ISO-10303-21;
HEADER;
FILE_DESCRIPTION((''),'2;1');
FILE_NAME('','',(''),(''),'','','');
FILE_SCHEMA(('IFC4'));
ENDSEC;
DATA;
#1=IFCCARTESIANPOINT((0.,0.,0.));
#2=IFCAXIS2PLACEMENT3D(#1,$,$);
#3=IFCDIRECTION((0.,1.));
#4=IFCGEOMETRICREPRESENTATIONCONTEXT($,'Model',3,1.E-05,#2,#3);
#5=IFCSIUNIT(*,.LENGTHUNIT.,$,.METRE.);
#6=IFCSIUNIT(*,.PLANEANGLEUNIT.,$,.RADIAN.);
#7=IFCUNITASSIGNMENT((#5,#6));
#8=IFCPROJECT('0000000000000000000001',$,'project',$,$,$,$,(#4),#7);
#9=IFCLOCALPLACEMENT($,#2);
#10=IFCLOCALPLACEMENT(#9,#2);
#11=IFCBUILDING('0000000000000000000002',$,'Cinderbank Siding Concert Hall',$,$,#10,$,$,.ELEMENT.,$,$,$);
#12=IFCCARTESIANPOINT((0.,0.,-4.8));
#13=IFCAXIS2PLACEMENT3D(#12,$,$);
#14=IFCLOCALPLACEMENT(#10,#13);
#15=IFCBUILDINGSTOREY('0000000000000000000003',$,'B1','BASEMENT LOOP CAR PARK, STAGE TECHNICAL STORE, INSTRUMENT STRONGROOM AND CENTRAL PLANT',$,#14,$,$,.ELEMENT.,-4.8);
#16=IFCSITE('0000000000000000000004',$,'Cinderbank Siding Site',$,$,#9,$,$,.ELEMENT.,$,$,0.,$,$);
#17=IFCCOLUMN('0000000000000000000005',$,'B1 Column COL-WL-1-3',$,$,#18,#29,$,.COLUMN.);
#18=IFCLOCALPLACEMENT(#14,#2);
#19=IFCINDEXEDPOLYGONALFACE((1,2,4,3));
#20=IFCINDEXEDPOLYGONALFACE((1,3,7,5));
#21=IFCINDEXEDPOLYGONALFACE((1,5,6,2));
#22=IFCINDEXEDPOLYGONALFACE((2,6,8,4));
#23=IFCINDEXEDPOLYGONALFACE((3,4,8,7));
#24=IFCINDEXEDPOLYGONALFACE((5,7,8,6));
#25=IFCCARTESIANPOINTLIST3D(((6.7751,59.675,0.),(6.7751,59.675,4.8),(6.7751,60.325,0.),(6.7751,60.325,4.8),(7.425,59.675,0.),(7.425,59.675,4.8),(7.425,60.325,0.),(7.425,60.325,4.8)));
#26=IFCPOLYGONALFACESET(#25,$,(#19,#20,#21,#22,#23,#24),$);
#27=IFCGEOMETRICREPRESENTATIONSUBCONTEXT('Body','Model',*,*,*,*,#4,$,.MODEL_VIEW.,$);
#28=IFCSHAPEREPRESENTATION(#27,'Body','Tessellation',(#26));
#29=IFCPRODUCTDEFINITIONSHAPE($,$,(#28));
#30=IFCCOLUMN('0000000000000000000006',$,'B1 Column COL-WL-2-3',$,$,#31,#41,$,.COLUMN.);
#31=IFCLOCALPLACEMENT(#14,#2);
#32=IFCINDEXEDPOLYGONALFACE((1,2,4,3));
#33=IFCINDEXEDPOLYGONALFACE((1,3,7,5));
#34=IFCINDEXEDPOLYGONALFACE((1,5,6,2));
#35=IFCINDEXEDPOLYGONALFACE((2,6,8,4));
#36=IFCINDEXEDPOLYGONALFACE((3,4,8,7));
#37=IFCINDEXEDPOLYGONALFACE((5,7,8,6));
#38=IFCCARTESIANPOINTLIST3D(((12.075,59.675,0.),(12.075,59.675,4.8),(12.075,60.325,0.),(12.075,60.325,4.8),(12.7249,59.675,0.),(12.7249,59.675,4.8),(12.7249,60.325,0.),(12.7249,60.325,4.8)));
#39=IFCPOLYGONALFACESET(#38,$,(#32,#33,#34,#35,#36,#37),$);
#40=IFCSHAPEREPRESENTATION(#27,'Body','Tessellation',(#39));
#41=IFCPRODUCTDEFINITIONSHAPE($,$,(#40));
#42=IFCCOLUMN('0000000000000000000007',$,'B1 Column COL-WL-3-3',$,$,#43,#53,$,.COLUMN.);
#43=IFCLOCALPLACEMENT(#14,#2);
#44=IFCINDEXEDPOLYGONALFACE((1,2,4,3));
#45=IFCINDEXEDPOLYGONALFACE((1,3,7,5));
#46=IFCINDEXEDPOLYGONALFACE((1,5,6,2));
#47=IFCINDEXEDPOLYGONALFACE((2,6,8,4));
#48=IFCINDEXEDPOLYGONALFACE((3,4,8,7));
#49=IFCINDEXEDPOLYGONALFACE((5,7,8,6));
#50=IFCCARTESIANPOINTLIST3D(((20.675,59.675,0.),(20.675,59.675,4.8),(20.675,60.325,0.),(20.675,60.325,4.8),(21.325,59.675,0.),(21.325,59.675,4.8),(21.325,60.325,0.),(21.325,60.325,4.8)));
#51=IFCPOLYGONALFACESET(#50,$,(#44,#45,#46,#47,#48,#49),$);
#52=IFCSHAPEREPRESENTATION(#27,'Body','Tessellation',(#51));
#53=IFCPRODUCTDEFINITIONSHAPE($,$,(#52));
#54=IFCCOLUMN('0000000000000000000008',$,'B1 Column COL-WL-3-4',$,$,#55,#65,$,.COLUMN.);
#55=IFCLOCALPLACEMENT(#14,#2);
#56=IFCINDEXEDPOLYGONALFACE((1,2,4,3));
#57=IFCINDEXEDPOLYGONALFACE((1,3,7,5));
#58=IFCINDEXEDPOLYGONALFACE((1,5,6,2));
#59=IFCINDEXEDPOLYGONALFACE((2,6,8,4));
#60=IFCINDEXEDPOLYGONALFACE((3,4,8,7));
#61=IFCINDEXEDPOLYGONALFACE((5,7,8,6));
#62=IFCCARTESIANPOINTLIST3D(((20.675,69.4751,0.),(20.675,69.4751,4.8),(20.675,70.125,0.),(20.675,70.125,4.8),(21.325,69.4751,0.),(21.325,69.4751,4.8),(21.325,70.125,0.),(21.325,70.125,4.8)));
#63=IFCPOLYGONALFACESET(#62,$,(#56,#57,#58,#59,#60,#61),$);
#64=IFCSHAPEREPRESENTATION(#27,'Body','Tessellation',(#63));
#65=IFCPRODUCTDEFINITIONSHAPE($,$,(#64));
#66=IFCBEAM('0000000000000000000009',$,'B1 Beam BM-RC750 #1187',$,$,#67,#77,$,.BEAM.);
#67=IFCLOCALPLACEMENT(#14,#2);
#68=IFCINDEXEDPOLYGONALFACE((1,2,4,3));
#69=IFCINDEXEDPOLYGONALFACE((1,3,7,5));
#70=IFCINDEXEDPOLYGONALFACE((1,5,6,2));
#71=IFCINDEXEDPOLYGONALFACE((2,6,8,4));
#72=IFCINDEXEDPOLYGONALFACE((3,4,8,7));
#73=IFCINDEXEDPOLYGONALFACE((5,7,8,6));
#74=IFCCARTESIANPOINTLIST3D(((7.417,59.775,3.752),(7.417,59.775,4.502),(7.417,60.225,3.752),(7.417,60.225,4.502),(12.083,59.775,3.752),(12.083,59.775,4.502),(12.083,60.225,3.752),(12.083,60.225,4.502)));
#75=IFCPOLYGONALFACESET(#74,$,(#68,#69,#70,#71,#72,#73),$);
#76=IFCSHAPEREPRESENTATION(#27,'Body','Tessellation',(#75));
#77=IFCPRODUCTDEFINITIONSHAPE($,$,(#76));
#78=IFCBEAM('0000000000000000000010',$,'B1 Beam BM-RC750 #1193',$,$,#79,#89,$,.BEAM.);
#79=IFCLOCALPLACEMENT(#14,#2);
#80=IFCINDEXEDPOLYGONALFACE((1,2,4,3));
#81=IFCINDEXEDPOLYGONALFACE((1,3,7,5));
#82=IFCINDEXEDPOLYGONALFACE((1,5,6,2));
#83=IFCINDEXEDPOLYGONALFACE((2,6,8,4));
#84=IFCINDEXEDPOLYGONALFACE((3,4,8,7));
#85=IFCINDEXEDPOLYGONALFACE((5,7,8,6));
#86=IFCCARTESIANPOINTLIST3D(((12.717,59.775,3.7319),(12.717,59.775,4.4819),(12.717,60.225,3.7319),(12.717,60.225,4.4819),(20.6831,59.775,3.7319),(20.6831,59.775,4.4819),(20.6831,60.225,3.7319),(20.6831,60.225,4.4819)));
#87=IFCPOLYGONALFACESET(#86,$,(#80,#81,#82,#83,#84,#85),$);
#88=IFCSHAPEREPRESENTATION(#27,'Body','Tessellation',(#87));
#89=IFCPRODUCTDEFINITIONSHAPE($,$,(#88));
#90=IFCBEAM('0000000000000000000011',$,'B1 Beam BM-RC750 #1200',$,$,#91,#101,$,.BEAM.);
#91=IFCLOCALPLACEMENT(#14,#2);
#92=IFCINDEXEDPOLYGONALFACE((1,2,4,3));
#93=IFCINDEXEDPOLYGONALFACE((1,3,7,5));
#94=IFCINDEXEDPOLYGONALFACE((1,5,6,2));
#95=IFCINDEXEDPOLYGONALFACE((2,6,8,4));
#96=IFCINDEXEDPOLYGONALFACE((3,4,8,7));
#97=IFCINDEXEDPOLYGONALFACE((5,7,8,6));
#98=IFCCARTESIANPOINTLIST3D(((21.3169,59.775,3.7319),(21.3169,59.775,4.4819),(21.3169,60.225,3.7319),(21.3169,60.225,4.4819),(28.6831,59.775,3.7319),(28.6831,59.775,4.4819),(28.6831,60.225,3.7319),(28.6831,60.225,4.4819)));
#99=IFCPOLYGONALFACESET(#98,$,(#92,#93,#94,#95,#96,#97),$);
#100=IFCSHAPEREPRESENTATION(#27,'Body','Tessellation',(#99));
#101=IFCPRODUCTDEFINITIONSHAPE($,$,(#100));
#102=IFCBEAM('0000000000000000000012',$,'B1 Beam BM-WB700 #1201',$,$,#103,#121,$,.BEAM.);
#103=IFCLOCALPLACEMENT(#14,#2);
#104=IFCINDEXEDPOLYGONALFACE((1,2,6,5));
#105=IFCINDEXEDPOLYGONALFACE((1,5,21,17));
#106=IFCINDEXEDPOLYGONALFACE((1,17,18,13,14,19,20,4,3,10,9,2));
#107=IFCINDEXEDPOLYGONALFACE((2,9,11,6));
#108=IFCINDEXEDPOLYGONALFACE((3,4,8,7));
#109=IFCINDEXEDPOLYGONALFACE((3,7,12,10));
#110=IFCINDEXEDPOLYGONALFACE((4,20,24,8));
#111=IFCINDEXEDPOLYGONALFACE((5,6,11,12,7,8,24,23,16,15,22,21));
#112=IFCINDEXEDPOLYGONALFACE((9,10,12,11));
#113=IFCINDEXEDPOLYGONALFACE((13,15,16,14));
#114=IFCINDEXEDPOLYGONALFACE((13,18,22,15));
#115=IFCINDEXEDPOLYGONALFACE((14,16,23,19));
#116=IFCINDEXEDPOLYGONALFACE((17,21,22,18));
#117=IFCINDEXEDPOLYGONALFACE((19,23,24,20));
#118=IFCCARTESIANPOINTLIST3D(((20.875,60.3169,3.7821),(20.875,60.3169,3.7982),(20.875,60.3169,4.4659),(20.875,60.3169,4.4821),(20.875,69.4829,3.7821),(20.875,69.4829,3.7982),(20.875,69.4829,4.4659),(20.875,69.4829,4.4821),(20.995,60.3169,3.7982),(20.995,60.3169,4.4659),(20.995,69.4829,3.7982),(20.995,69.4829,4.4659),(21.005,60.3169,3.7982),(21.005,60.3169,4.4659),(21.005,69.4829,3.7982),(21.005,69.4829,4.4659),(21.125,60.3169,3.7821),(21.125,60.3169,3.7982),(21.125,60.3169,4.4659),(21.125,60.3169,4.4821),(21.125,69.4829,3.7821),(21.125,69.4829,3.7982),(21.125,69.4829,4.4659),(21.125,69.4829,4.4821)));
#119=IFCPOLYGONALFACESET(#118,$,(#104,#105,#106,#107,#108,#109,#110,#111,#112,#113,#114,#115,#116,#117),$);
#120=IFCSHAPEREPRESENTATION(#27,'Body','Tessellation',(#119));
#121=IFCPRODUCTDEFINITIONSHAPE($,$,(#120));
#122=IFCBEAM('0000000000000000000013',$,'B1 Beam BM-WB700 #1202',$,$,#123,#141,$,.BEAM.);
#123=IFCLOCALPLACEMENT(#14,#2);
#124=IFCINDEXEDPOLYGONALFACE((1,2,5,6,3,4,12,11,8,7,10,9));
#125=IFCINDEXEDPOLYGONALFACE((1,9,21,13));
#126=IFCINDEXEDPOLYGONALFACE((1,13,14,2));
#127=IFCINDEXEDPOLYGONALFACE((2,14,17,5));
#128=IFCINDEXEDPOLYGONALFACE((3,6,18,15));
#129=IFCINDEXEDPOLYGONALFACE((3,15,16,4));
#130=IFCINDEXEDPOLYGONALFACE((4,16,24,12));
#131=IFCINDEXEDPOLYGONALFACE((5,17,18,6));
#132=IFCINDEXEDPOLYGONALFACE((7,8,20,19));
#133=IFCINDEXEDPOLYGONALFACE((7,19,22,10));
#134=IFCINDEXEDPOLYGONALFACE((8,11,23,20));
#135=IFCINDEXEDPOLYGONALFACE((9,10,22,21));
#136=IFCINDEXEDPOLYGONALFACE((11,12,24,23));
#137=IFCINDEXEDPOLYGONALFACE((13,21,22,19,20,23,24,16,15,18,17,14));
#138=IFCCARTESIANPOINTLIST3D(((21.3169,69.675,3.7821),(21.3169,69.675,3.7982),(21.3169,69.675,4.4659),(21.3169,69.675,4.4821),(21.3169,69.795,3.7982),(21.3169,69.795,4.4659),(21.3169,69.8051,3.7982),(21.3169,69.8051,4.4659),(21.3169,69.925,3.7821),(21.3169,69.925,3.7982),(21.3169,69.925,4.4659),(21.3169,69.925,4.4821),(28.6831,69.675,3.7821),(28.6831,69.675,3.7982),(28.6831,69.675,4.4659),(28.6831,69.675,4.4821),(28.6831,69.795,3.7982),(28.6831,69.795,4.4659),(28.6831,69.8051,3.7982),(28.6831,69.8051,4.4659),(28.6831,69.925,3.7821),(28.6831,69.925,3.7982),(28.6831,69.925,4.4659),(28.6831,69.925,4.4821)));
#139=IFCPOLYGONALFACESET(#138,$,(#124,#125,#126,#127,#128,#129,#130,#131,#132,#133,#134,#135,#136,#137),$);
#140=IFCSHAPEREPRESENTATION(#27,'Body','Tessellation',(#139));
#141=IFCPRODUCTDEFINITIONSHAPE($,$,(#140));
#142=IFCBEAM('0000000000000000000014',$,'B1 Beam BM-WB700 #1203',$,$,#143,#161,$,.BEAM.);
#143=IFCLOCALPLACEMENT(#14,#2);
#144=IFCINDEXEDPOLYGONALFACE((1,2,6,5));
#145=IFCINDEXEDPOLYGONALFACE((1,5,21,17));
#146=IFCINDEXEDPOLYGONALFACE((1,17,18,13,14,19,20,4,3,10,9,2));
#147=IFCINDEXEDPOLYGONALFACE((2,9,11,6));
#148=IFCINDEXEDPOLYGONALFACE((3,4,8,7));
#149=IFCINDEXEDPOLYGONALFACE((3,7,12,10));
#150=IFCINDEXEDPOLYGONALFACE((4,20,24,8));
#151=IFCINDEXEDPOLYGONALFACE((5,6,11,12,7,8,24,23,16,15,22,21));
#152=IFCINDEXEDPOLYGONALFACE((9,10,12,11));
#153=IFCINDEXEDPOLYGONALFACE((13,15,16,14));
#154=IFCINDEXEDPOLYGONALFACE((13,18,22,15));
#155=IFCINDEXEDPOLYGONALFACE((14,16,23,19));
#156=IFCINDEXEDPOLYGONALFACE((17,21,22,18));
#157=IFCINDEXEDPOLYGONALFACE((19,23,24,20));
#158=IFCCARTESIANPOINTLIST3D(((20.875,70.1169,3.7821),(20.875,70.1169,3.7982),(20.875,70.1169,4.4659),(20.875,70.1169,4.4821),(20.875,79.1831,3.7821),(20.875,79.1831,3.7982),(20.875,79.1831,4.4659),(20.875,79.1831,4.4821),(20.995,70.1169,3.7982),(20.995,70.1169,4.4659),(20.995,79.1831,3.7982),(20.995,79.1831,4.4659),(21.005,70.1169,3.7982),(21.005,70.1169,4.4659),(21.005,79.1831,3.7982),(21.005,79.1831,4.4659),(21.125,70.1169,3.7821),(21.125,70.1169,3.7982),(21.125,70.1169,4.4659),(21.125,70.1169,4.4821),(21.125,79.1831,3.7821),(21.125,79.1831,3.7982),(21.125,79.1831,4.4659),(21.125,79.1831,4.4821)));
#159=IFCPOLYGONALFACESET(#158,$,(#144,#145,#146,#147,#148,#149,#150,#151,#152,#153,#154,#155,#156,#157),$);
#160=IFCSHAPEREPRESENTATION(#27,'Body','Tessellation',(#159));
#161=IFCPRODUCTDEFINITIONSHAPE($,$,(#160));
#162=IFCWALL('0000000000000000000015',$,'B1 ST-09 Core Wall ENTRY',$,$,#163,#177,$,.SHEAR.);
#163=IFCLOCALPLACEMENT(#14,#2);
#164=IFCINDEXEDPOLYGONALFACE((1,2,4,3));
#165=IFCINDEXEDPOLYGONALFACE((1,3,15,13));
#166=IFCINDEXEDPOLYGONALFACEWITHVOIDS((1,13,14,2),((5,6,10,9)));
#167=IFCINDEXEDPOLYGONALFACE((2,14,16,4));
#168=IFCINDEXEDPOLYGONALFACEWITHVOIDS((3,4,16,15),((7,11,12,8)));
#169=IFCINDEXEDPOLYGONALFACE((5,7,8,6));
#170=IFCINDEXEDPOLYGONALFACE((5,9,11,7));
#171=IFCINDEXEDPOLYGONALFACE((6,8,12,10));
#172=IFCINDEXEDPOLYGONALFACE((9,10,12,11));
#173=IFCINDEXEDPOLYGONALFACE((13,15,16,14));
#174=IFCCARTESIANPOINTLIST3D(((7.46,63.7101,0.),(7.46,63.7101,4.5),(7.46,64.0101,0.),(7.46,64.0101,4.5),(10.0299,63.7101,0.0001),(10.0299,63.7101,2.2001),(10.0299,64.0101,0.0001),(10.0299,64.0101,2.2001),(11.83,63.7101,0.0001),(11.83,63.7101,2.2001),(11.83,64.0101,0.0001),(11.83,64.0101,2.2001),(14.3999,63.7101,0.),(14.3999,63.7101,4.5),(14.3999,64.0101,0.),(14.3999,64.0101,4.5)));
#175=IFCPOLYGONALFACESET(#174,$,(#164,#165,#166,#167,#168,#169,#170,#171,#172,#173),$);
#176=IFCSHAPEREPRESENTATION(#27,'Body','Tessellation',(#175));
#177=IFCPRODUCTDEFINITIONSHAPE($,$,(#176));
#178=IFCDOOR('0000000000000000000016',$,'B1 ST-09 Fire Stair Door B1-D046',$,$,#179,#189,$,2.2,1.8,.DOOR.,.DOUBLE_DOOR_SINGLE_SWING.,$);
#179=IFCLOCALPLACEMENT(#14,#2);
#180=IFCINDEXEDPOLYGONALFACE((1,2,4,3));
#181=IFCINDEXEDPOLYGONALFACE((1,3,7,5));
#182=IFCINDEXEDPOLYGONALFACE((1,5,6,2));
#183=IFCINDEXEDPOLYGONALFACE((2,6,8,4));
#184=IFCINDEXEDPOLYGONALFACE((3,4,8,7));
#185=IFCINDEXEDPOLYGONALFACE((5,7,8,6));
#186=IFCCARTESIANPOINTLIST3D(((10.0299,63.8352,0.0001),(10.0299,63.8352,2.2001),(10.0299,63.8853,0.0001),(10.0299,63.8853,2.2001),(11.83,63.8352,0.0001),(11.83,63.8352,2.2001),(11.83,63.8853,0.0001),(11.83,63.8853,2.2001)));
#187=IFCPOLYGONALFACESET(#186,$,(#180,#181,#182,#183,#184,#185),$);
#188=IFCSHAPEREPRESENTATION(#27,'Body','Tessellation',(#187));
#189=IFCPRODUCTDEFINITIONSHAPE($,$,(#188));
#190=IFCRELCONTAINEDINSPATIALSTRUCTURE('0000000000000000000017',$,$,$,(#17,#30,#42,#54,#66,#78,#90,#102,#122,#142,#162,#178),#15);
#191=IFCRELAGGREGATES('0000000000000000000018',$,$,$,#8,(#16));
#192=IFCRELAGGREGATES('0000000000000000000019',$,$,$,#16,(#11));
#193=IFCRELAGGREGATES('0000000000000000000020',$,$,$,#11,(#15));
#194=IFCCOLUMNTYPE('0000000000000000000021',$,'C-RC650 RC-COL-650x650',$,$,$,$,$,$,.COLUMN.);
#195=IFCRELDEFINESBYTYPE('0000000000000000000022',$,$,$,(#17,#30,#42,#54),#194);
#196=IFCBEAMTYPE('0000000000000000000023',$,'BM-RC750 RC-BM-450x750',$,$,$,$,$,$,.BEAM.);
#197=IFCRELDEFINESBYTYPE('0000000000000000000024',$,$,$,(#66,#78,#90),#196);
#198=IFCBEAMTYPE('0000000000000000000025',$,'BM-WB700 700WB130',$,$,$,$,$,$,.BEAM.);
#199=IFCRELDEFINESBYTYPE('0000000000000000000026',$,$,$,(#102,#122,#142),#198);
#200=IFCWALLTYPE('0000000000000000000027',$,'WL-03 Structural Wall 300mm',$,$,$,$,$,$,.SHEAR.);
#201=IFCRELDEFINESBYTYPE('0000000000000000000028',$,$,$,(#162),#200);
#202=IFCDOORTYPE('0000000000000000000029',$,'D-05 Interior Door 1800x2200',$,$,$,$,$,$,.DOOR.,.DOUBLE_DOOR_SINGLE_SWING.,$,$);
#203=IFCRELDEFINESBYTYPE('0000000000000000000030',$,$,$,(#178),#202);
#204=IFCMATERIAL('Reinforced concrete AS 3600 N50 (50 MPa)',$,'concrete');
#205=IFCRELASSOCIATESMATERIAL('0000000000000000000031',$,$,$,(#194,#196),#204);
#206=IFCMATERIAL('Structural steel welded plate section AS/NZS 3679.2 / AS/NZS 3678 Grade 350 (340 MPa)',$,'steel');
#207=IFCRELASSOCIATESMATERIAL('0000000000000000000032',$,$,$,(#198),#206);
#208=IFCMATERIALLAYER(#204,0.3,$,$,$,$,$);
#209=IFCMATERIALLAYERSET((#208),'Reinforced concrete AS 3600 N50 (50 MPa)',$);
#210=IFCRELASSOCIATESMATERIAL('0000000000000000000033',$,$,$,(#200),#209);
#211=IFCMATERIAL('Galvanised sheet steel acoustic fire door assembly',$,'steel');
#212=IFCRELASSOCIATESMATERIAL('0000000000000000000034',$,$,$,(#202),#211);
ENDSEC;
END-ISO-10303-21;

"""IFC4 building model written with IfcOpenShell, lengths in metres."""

from ifc_helpers import new_model, si_unit, direction, frame, frame_2d, origin, origin_2d, place, context, subcontext, project, spatial, rectangle, i_section, extrude, material, layer, layer_set, material_profile, profile_set, type_object, element, fill, save


model = new_model("IFC4")

# Units and contexts
model_context = context("Model", 3, precision=1e-05, world=origin(), true_north=direction((0.0, 1.0)))
body_context = subcontext(model_context, "Body", "Model", "MODEL_VIEW")
ifc_project = project(units=[si_unit("LENGTHUNIT", "METRE"), si_unit("PLANEANGLEUNIT", "RADIAN")], contexts=[model_context])

# Site, building, storey
site_placement = place(None, origin())
site = spatial("IfcSite", under=ifc_project, at=site_placement, Name="Cinderbank Siding Site", CompositionType="ELEMENT", RefElevation=0.0)
building_placement = place(site_placement, origin())
building = spatial("IfcBuilding", under=site, at=building_placement, Name="Cinderbank Siding Concert Hall", CompositionType="ELEMENT")
storey_placement = place(building_placement, frame((0.0, 0.0, -4.8)))
storey = spatial("IfcBuildingStorey", under=building, at=storey_placement, Name="B1", Description="BASEMENT LOOP CAR PARK, STAGE TECHNICAL STORE, INSTRUMENT STRONGROOM AND CENTRAL PLANT", CompositionType="ELEMENT", Elevation=-4.8)

# Columns
ifc_material_1 = material(Name="Reinforced concrete AS 3600 N50 (50 MPa)", Category="concrete")
ifc_material_profile_1 = material_profile(ifc_material_1, rectangle(XDim=0.6499, YDim=0.6499, at=origin_2d()), Name="RC-COL-650x650", Category="LoadBearing")
ifc_profile_set_1 = profile_set([ifc_material_profile_1], Name="Reinforced concrete AS 3600 N50 (50 MPa)")
column_type = type_object("IfcColumnType", Name="C-RC650 RC-COL-650x650", PredefinedType="COLUMN", material=ifc_profile_set_1)
for number, where, z_axis, x_axis, name in (
    (1, (7.1001, 60.0, 0.0), (0.0, 0.0, 1.0), (1.0, 0.0, 0.0), "B1 Column COL-WL-1-3"),
    (2, (12.3999, 60.0, 0.0), (0.0, 0.0, 1.0), (1.0, 0.0, 0.0), "B1 Column COL-WL-2-3"),
    (3, (21.0, 60.0, 0.0), (0.0, 0.0, 1.0), (1.0, 0.0, 0.0), "B1 Column COL-WL-3-3"),
    (4, (21.0, 69.8, 0.0), (0.0, 0.0, 1.0), (1.0, 0.0, 0.0), "B1 Column COL-WL-3-4"),
):
    element("IfcColumn", number, at=place(storey_placement, frame(where, z_axis=z_axis, x_axis=x_axis)), inside=storey, type_object=column_type, Name=name, PredefinedType="COLUMN", context=body_context, shape_type="SweptSolid", body=[
        extrude(rectangle(XDim=0.6499, YDim=0.6499, at=origin_2d()), origin(), (0.0, 0.0, 1.0), 4.8),
    ])

# Beams
ifc_material_profile_2 = material_profile(ifc_material_1, rectangle(XDim=0.45, YDim=0.75, at=origin_2d()), Name="RC-BM-450x750", Category="LoadBearing")
ifc_profile_set_2 = profile_set([ifc_material_profile_2], Name="Reinforced concrete AS 3600 N50 (50 MPa)")
beam_type_1 = type_object("IfcBeamType", Name="BM-RC750 RC-BM-450x750", PredefinedType="BEAM", material=ifc_profile_set_2)
beam_1_placement = place(storey_placement, frame((7.417, 60.0, 4.127), z_axis=(1.0, 0.0, 0.0), x_axis=(0.0, 1.0, 0.0)))
element("IfcBeam", 5, at=beam_1_placement, inside=storey, type_object=beam_type_1, Name="B1 Beam BM-RC750 #1187", PredefinedType="BEAM", context=body_context, shape_type="SweptSolid", body=[
    extrude(rectangle(XDim=0.45, YDim=0.75, at=origin_2d()), origin(), (0.0, 0.0, 1.0), 4.666),
])
beam_2_placement = place(storey_placement, frame((12.717, 60.0, 4.1069), z_axis=(1.0, 0.0, 0.0), x_axis=(0.0, 1.0, 0.0)))
element("IfcBeam", 6, at=beam_2_placement, inside=storey, type_object=beam_type_1, Name="B1 Beam BM-RC750 #1193", PredefinedType="BEAM", context=body_context, shape_type="SweptSolid", body=[
    extrude(rectangle(XDim=0.45, YDim=0.75, at=origin_2d()), origin(), (0.0, 0.0, 1.0), 7.9661),
])
beam_3_placement = place(storey_placement, frame((21.3169, 60.0, 4.1069), z_axis=(1.0, 0.0, 0.0), x_axis=(0.0, 1.0, 0.0)))
element("IfcBeam", 7, at=beam_3_placement, inside=storey, type_object=beam_type_1, Name="B1 Beam BM-RC750 #1200", PredefinedType="BEAM", context=body_context, shape_type="SweptSolid", body=[
    extrude(rectangle(XDim=0.45, YDim=0.75, at=origin_2d()), origin(), (0.0, 0.0, 1.0), 7.3662),
])
ifc_material_2 = material(Name="Structural steel welded plate section AS/NZS 3679.2 / AS/NZS 3678 Grade 350 (340 MPa)", Category="steel")
ifc_material_profile_3 = material_profile(ifc_material_2, i_section(OverallWidth=0.25, OverallDepth=0.7, WebThickness=0.01, FlangeThickness=0.0161, at=origin_2d()), Name="700WB130", Category="LoadBearing")
ifc_profile_set_3 = profile_set([ifc_material_profile_3], Name="Structural steel welded plate section AS/NZS 3679.2 / AS/NZS 3678 Grade 350 (340 MPa)")
beam_type_2 = type_object("IfcBeamType", Name="BM-WB700 700WB130", PredefinedType="BEAM", material=ifc_profile_set_3)
beam_4_placement = place(storey_placement, frame((21.0, 60.3169, 4.1321), z_axis=(0.0, 1.0, 0.0), x_axis=(-1.0, 0.0, 0.0)))
element("IfcBeam", 8, at=beam_4_placement, inside=storey, type_object=beam_type_2, Name="B1 Beam BM-WB700 #1201", PredefinedType="BEAM", context=body_context, shape_type="SweptSolid", body=[
    extrude(i_section(OverallWidth=0.25, OverallDepth=0.7, WebThickness=0.01, FlangeThickness=0.0161, at=origin_2d()), origin(), (0.0, 0.0, 1.0), 9.166),
])
beam_5_placement = place(storey_placement, frame((21.3169, 69.8, 4.1321), z_axis=(1.0, 0.0, 0.0), x_axis=(0.0, 1.0, 0.0)))
element("IfcBeam", 9, at=beam_5_placement, inside=storey, type_object=beam_type_2, Name="B1 Beam BM-WB700 #1202", PredefinedType="BEAM", context=body_context, shape_type="SweptSolid", body=[
    extrude(i_section(OverallWidth=0.25, OverallDepth=0.7, WebThickness=0.01, FlangeThickness=0.0161, at=origin_2d()), origin(), (0.0, 0.0, 1.0), 7.3662),
])
beam_6_placement = place(storey_placement, frame((21.0, 70.1169, 4.1321), z_axis=(0.0, 1.0, 0.0), x_axis=(-1.0, 0.0, 0.0)))
element("IfcBeam", 10, at=beam_6_placement, inside=storey, type_object=beam_type_2, Name="B1 Beam BM-WB700 #1203", PredefinedType="BEAM", context=body_context, shape_type="SweptSolid", body=[
    extrude(i_section(OverallWidth=0.25, OverallDepth=0.7, WebThickness=0.01, FlangeThickness=0.0161, at=origin_2d()), origin(), (0.0, 0.0, 1.0), 9.0662),
])

# Wall, opening, door
ifc_layer_1 = layer(ifc_material_1, 0.3)
ifc_layer_set_1 = layer_set([ifc_layer_1], Name="Reinforced concrete AS 3600 N50 (50 MPa)")
wall_type_1 = type_object("IfcWallType", Name="WL-03 Structural Wall 300mm", PredefinedType="SHEAR", material=ifc_layer_set_1)
wall_1_placement = place(storey_placement, frame((14.3999, 63.8601, 0.0), z_axis=(0.0, 0.0, 1.0), x_axis=(-1.0, 0.0, 0.0)))
wall_1 = element("IfcWall", 11, at=wall_1_placement, inside=storey, type_object=wall_type_1, Name="B1 ST-09 Core Wall ENTRY", PredefinedType="SHEAR", context=body_context, shape_type="SweptSolid", body=[
    extrude(rectangle(XDim=6.9399, YDim=0.3, at=frame_2d((3.47, 0.0))), origin(), (0.0, 0.0, 1.0), 4.5),
])
opening_placement = place(wall_1_placement, frame((2.5701, 0.0, 0.0)))
opening = element("IfcOpeningElement", 12, at=opening_placement, cuts=wall_1, PredefinedType="OPENING", context=body_context, shape_type="SweptSolid", body=[
    extrude(rectangle(XDim=1.8, YDim=2.2, at=frame_2d((0.8999, 1.1001))), frame((0.0, 0.1621, 0.0), z_axis=(0.0, -1.0, 0.0), x_axis=(1.0, 0.0, 0.0)), (0.0, 0.0, 1.0), 0.324),
])
ifc_material_3 = material(Name="Galvanised sheet steel acoustic fire door assembly", Category="steel")
door_type = type_object("IfcDoorType", Name="D-05 Interior Door 1800x2200", OperationType="DOUBLE_DOOR_SINGLE_SWING", PredefinedType="DOOR", material=ifc_material_3)
door_placement = place(opening_placement, origin())
door = element("IfcDoor", 13, at=door_placement, inside=storey, type_object=door_type, Name="B1 ST-09 Fire Stair Door B1-D046", OperationType="DOUBLE_DOOR_SINGLE_SWING", OverallHeight=2.2, OverallWidth=1.8, PredefinedType="DOOR", context=body_context, shape_type="SweptSolid", body=[
    extrude(rectangle(XDim=1.8, YDim=2.2, at=frame_2d((0.8999, 1.1001))), frame((0.0, 0.0249, 0.0), z_axis=(0.0, -1.0, 0.0), x_axis=(1.0, 0.0, 0.0)), (0.0, 0.0, 1.0), 0.05),
])
fill(opening, door)

save(model, "model.ifc")
